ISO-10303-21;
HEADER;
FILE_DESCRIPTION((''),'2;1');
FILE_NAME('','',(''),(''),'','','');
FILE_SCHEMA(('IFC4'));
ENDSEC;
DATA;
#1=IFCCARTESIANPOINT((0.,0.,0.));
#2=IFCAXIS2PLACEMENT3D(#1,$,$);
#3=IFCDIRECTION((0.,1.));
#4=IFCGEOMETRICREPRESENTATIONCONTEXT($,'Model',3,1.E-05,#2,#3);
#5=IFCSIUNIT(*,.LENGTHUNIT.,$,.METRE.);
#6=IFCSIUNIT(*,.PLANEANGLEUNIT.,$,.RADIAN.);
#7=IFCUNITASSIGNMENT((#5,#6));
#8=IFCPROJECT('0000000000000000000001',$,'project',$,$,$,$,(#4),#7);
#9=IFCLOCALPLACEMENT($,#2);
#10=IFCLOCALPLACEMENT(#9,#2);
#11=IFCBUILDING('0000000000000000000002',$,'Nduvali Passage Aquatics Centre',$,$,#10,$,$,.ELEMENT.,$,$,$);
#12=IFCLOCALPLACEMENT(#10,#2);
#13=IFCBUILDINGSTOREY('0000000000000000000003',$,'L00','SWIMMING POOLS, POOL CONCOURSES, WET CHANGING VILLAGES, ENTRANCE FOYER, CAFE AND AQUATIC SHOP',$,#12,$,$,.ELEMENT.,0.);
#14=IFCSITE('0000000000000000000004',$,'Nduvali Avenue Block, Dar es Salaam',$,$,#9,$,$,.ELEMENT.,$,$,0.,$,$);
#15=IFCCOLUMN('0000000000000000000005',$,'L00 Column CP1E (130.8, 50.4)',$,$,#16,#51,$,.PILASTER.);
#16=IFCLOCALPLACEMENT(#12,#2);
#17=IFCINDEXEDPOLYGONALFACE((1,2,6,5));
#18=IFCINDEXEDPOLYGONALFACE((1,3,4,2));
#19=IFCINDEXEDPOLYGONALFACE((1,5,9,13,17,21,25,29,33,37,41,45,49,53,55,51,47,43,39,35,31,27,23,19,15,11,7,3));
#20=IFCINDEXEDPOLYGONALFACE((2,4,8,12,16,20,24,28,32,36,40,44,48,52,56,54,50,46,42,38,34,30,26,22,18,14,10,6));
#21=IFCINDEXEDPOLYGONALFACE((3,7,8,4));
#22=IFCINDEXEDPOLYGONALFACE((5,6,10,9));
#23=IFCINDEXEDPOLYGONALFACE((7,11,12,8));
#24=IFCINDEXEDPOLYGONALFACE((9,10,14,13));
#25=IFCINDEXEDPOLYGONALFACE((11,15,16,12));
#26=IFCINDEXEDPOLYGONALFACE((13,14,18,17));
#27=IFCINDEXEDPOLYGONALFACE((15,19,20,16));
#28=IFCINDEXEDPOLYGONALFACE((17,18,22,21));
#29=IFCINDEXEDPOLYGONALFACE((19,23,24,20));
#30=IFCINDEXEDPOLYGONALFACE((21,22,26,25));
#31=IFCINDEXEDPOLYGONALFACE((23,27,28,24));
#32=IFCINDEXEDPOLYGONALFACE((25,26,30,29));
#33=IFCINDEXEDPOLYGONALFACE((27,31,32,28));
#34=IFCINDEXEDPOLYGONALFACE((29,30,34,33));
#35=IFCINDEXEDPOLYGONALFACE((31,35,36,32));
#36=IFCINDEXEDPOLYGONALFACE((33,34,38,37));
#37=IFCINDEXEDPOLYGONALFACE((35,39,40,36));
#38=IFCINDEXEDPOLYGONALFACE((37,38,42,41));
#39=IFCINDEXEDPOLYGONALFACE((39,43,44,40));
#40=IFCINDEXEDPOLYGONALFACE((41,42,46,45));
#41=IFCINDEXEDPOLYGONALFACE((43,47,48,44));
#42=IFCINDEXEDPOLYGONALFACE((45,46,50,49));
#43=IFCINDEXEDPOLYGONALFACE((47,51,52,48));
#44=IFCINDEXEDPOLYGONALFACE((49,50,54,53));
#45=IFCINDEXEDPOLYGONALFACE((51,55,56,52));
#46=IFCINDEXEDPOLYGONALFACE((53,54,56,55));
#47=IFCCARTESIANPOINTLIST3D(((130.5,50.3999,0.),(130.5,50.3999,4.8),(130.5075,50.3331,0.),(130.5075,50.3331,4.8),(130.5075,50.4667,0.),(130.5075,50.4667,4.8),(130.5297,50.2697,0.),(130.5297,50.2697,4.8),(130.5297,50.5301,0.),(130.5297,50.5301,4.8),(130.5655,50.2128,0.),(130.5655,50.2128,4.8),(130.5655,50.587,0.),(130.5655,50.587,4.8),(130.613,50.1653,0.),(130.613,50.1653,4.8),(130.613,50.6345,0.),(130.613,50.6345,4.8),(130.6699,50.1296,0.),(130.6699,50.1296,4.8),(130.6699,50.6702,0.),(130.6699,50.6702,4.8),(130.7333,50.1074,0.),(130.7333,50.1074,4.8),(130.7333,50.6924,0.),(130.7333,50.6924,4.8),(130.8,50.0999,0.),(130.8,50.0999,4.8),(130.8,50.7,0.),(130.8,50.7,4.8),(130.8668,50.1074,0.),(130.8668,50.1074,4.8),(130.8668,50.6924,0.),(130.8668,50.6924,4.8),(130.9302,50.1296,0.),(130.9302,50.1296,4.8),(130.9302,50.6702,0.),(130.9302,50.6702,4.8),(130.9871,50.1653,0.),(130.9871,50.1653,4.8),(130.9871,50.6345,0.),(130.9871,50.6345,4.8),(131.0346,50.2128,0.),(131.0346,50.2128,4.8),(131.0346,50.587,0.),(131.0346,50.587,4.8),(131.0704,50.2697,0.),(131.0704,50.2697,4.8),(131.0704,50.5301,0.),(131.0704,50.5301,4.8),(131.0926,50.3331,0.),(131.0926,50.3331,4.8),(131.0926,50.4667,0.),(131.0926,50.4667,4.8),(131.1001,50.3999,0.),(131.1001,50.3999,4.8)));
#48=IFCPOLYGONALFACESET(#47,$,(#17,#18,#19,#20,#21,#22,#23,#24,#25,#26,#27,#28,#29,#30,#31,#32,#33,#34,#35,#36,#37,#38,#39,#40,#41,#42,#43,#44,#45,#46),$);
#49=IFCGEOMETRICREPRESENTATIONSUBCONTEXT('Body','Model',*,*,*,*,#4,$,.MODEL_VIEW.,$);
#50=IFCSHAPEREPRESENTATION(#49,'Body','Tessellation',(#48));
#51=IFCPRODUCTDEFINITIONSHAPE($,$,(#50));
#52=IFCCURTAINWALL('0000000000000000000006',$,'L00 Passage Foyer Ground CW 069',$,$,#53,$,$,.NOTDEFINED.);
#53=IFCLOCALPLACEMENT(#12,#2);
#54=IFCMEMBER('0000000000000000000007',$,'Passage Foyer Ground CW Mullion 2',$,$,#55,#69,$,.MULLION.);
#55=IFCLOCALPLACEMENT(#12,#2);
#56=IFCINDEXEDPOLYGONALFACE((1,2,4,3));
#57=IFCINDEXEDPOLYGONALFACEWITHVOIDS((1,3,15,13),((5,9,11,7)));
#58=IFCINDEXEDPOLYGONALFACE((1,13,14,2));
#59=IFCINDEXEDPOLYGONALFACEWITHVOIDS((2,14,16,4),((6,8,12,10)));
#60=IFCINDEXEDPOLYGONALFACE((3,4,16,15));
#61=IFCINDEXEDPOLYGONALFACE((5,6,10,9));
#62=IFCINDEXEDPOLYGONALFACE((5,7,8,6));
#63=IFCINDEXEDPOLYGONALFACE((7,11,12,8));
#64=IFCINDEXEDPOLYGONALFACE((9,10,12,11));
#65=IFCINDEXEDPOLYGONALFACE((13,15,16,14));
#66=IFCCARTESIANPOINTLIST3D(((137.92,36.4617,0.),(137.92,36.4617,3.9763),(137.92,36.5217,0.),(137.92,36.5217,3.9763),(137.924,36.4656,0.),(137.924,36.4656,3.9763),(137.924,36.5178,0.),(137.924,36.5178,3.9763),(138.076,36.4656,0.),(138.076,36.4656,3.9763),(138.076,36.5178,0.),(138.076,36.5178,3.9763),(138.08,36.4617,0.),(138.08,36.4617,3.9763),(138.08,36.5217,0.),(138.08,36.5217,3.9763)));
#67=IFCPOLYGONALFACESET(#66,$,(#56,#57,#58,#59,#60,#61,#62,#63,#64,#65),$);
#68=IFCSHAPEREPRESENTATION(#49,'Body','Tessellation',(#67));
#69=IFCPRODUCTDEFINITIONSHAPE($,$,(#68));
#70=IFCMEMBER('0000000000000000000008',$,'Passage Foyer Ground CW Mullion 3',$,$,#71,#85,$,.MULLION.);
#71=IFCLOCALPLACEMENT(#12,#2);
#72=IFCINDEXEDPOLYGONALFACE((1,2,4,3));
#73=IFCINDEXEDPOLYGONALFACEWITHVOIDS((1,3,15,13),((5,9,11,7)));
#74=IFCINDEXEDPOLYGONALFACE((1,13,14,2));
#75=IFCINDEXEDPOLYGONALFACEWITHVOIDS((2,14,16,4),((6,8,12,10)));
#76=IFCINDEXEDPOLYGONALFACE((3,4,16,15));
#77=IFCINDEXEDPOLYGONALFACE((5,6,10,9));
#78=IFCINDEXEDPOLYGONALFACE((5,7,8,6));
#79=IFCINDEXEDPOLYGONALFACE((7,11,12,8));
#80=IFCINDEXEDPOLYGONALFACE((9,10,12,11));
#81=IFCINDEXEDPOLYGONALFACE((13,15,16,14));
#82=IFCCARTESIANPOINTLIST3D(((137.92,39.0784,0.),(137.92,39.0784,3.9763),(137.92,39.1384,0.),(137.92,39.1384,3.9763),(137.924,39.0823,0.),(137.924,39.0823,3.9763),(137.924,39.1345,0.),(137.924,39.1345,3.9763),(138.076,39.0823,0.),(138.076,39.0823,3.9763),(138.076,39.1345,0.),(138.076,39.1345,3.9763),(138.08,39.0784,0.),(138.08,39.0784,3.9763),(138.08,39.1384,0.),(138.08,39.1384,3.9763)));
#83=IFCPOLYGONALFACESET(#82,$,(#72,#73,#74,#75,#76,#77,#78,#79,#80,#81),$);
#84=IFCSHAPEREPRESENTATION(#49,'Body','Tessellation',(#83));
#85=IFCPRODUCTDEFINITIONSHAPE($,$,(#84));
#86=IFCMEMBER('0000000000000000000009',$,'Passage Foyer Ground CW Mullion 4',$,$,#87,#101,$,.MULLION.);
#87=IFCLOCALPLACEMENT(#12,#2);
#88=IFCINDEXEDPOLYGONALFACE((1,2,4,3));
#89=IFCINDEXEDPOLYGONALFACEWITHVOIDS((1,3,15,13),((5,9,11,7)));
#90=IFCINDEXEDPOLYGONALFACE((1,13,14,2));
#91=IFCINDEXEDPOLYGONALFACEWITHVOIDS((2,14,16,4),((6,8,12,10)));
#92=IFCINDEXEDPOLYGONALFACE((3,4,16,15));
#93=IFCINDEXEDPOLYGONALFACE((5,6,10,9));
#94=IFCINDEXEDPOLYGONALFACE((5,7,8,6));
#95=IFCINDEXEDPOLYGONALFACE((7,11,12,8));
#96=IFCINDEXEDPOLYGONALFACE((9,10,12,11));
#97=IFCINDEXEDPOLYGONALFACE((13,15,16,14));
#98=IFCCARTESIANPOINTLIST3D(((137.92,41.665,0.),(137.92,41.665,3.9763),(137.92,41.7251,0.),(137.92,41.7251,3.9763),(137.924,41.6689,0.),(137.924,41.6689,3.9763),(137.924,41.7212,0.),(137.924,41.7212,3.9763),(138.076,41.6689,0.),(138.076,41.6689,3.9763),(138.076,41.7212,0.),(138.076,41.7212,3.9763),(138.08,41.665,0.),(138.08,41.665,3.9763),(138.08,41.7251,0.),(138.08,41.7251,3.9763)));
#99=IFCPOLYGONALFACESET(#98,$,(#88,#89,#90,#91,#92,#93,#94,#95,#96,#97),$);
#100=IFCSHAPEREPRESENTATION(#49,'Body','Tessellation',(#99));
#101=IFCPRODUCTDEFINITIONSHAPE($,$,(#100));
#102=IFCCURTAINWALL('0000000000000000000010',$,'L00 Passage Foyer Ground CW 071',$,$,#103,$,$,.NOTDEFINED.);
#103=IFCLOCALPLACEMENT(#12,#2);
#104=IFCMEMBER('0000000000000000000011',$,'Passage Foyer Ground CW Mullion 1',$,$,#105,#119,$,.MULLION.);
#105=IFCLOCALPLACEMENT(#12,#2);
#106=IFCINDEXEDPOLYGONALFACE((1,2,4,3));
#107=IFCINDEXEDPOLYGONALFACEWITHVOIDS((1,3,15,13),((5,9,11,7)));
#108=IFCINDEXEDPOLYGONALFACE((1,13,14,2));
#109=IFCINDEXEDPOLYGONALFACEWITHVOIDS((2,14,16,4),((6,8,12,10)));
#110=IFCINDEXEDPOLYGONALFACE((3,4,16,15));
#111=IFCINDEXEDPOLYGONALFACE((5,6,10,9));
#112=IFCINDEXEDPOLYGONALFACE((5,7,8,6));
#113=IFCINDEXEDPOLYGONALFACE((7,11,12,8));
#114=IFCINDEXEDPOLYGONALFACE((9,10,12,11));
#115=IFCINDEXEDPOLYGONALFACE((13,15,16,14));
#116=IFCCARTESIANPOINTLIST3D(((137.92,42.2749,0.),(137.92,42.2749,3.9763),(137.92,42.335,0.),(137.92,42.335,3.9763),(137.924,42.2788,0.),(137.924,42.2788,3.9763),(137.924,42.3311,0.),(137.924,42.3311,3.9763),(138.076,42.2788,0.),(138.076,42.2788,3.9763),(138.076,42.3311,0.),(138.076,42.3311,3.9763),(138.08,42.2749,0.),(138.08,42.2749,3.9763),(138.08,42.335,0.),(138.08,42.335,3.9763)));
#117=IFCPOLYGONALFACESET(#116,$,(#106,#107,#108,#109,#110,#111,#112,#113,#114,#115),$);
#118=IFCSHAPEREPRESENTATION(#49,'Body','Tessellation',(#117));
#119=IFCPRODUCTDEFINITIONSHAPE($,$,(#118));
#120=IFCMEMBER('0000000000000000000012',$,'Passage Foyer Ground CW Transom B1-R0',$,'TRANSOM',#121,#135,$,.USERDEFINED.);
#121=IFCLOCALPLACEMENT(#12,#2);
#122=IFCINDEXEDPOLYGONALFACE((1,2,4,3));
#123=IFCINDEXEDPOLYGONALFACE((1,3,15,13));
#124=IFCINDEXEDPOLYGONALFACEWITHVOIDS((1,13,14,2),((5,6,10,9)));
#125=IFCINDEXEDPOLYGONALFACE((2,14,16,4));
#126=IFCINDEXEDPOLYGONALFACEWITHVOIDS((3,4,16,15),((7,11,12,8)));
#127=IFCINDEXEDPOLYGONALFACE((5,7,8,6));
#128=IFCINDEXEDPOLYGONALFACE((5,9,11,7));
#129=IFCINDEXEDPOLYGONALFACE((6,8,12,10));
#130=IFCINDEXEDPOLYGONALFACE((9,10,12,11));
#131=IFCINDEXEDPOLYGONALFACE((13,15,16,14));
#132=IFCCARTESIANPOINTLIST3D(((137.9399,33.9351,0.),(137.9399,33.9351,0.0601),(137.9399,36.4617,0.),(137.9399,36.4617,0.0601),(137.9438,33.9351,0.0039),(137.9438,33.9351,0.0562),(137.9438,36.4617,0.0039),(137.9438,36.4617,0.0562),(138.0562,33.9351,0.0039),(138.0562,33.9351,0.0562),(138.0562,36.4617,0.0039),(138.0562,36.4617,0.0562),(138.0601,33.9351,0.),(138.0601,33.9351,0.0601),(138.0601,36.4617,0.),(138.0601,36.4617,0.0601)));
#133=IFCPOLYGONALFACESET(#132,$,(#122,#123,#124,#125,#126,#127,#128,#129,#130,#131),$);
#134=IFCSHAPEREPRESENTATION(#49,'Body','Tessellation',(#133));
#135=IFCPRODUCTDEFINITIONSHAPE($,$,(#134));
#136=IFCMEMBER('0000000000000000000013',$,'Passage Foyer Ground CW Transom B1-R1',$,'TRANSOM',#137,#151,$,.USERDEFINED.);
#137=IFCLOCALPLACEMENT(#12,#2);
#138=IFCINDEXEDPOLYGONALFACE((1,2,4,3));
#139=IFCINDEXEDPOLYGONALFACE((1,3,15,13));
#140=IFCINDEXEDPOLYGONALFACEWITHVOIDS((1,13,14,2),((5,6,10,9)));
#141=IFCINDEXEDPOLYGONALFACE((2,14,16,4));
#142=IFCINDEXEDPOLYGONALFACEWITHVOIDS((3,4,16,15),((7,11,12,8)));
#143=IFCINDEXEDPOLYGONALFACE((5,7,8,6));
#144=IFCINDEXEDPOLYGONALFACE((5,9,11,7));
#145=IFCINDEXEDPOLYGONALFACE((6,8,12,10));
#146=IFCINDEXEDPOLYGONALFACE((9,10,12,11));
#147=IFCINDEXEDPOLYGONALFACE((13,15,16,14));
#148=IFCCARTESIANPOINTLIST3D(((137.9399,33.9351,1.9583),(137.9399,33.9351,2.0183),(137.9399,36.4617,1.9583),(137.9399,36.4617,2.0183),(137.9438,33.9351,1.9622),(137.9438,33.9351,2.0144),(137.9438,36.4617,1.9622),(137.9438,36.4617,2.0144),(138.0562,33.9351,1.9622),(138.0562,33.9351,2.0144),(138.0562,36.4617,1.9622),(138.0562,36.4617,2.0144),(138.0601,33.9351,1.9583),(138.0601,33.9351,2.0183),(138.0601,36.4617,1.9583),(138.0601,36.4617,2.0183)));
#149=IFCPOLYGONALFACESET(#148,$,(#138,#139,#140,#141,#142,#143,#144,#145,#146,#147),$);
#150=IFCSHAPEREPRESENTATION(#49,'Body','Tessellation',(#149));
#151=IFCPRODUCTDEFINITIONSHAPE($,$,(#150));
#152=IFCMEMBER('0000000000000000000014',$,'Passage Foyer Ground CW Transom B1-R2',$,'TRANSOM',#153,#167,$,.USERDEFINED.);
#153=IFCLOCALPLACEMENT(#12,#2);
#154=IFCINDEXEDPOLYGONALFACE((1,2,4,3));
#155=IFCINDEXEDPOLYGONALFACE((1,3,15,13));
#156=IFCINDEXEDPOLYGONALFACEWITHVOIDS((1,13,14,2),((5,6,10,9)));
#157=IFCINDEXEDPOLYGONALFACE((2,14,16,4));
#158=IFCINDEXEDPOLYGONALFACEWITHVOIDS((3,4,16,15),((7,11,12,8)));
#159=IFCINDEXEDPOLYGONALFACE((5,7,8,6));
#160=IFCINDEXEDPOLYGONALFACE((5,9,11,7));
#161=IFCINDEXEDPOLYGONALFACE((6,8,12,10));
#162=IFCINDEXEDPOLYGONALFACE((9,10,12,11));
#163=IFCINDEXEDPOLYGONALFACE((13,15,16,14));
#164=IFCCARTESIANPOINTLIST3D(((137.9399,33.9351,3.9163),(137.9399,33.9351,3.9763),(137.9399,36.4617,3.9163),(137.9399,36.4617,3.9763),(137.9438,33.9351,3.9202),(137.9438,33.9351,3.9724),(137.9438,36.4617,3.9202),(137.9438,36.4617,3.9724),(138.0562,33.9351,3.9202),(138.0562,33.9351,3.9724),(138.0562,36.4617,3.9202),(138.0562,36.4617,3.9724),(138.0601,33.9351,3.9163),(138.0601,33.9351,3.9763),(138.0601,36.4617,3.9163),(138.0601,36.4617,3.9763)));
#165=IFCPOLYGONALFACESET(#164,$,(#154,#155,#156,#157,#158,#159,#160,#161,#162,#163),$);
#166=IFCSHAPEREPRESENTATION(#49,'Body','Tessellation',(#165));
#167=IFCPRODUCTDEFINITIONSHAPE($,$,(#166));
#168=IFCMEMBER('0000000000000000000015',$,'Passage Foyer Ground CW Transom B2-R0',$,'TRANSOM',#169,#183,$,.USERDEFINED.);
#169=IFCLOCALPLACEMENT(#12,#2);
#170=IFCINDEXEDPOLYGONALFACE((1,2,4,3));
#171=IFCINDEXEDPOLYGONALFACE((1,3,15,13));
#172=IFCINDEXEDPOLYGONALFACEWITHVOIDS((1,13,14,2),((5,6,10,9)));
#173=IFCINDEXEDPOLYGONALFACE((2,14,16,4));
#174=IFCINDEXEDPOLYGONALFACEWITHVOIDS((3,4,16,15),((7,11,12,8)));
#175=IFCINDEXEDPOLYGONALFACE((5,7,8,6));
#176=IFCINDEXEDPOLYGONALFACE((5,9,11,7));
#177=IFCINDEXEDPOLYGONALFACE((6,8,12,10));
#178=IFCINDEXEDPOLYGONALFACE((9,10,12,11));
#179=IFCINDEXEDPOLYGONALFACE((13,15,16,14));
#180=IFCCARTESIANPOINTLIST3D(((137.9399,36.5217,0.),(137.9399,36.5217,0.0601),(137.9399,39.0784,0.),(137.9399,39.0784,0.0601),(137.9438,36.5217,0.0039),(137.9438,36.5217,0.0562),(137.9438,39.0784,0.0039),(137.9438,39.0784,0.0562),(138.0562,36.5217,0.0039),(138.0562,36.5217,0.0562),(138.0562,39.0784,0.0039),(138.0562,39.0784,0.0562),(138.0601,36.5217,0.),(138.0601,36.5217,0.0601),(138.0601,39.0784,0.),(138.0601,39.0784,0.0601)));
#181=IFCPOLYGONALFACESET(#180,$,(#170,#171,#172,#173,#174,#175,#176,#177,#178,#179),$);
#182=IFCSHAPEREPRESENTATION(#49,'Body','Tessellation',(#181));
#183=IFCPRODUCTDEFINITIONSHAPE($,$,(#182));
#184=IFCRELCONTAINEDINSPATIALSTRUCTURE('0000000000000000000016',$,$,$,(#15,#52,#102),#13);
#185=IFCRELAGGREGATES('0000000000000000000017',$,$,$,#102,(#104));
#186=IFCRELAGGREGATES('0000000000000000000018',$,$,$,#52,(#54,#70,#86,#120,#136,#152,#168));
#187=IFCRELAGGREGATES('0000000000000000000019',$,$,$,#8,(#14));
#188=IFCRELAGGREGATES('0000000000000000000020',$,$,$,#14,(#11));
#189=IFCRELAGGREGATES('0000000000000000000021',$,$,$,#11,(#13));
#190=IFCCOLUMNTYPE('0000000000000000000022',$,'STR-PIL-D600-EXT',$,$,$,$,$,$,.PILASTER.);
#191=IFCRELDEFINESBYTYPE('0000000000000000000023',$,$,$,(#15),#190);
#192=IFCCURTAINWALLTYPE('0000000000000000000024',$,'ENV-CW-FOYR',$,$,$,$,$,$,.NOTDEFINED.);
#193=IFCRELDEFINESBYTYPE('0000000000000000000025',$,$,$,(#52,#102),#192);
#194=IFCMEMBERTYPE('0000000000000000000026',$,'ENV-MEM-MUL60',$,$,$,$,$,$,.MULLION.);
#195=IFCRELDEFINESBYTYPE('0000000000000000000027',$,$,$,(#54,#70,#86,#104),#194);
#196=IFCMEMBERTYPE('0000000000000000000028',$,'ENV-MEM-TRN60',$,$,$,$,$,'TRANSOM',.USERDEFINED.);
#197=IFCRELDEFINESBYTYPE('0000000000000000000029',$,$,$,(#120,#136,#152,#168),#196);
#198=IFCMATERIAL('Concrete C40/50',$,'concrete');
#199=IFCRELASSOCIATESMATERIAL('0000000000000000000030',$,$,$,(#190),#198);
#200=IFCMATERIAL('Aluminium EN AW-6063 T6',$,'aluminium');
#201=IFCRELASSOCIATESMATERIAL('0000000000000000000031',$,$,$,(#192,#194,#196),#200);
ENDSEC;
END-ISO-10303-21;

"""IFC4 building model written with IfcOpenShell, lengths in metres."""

from ifc_helpers import new_model, si_unit, direction, frame, origin, origin_2d, place, context, subcontext, project, spatial, hollow_rectangle, circle, extrude, material, material_profile, profile_set, type_object, element, aggregate, save


model = new_model("IFC4")

# Units and contexts
model_context = context("Model", 3, precision=1e-05, world=origin(), true_north=direction((0.0, 1.0)))
body_context = subcontext(model_context, "Body", "Model", "MODEL_VIEW")
ifc_project = project(units=[si_unit("LENGTHUNIT", "METRE"), si_unit("PLANEANGLEUNIT", "RADIAN")], contexts=[model_context])

# Site, building, storey
site_placement = place(None, origin())
site = spatial("IfcSite", under=ifc_project, at=site_placement, Name="Nduvali Avenue Block, Dar es Salaam", CompositionType="ELEMENT", RefElevation=0.0)
building_placement = place(site_placement, origin())
building = spatial("IfcBuilding", under=site, at=building_placement, Name="Nduvali Passage Aquatics Centre", CompositionType="ELEMENT")
storey_placement = place(building_placement, origin())
storey = spatial("IfcBuildingStorey", under=building, at=storey_placement, Name="L00", Description="SWIMMING POOLS, POOL CONCOURSES, WET CHANGING VILLAGES, ENTRANCE FOYER, CAFE AND AQUATIC SHOP", CompositionType="ELEMENT", Elevation=0.0)

# Column
ifc_material_1 = material(Name="Concrete C40/50", Category="concrete")
ifc_material_profile_1 = material_profile(ifc_material_1, circle(Radius=0.3, at=origin_2d()), Name="RC D600")
ifc_profile_set_1 = profile_set([ifc_material_profile_1], Name="Concrete C40/50")
column_type_1 = type_object("IfcColumnType", Name="STR-PIL-D600-EXT", PredefinedType="PILASTER", material=ifc_profile_set_1)
for number, where, z_axis, x_axis, name in (
    (1, (130.8, 50.3999, 0.0), (0.0, 0.0, 1.0), (1.0, 0.0, 0.0), "L00 Column CP1E (130.8, 50.4)"),
):
    element("IfcColumn", number, at=place(storey_placement, frame(where, z_axis=z_axis, x_axis=x_axis)), inside=storey, type_object=column_type_1, Name=name, PredefinedType="PILASTER", context=body_context, shape_type="SweptSolid", body=[
        extrude(circle(Radius=0.3, at=origin_2d()), origin(), (0.0, 0.0, 1.0), 4.8),
    ])

# Curtain wall, members
ifc_material_2 = material(Name="Aluminium EN AW-6063 T6", Category="aluminium")
curtain_wall_type = type_object("IfcCurtainWallType", Name="ENV-CW-FOYR", PredefinedType="NOTDEFINED", material=ifc_material_2)
curtain_wall_1_placement = place(storey_placement, origin())
curtain_wall_1 = element("IfcCurtainWall", 2, at=curtain_wall_1_placement, inside=storey, type_object=curtain_wall_type, Name="L00 Passage Foyer Ground CW 069", PredefinedType="NOTDEFINED")
ifc_material_profile_2 = material_profile(ifc_material_2, hollow_rectangle(XDim=0.0601, YDim=0.1599, WallThickness=0.0039, at=origin_2d()), Name="ALU MULLION 60x160x4")
ifc_profile_set_2 = profile_set([ifc_material_profile_2], Name="Aluminium EN AW-6063 T6")
member_type_1 = type_object("IfcMemberType", Name="ENV-MEM-MUL60", PredefinedType="MULLION", material=ifc_profile_set_2)
member_1_placement = place(storey_placement, frame((138.0, 36.4917, 0.0), z_axis=(0.0, 0.0, 1.0), x_axis=(0.0, 1.0, 0.0)))
member_1 = element("IfcMember", 3, at=member_1_placement, type_object=member_type_1, Name="Passage Foyer Ground CW Mullion 2", PredefinedType="MULLION", context=body_context, shape_type="SweptSolid", body=[
    extrude(hollow_rectangle(XDim=0.0601, YDim=0.1599, WallThickness=0.0039, at=origin_2d()), origin(), (0.0, 0.0, 1.0), 3.9763),
])
member_2_placement = place(storey_placement, frame((138.0, 39.1084, 0.0), z_axis=(0.0, 0.0, 1.0), x_axis=(0.0, 1.0, 0.0)))
member_2 = element("IfcMember", 4, at=member_2_placement, type_object=member_type_1, Name="Passage Foyer Ground CW Mullion 3", PredefinedType="MULLION", context=body_context, shape_type="SweptSolid", body=[
    extrude(hollow_rectangle(XDim=0.0601, YDim=0.1599, WallThickness=0.0039, at=origin_2d()), origin(), (0.0, 0.0, 1.0), 3.9763),
])
member_3_placement = place(storey_placement, frame((138.0, 41.6951, 0.0), z_axis=(0.0, 0.0, 1.0), x_axis=(0.0, 1.0, 0.0)))
member_3 = element("IfcMember", 5, at=member_3_placement, type_object=member_type_1, Name="Passage Foyer Ground CW Mullion 4", PredefinedType="MULLION", context=body_context, shape_type="SweptSolid", body=[
    extrude(hollow_rectangle(XDim=0.0601, YDim=0.1599, WallThickness=0.0039, at=origin_2d()), origin(), (0.0, 0.0, 1.0), 3.9763),
])

# Curtain wall, member
curtain_wall_2_placement = place(storey_placement, origin())
curtain_wall_2 = element("IfcCurtainWall", 6, at=curtain_wall_2_placement, inside=storey, type_object=curtain_wall_type, Name="L00 Passage Foyer Ground CW 071", PredefinedType="NOTDEFINED")
member_4_placement = place(storey_placement, frame((138.0, 42.3049, 0.0), z_axis=(0.0, 0.0, 1.0), x_axis=(0.0, 1.0, 0.0)))
member_4 = element("IfcMember", 7, at=member_4_placement, type_object=member_type_1, Name="Passage Foyer Ground CW Mullion 1", PredefinedType="MULLION", context=body_context, shape_type="SweptSolid", body=[
    extrude(hollow_rectangle(XDim=0.0601, YDim=0.1599, WallThickness=0.0039, at=origin_2d()), origin(), (0.0, 0.0, 1.0), 3.9763),
])

# Members
ifc_material_profile_3 = material_profile(ifc_material_2, hollow_rectangle(XDim=0.1201, YDim=0.0601, WallThickness=0.0039, at=origin_2d()), Name="ALU TRANSOM 120x60x4")
ifc_profile_set_3 = profile_set([ifc_material_profile_3], Name="Aluminium EN AW-6063 T6")
member_type_2 = type_object("IfcMemberType", Name="ENV-MEM-TRN60", ElementType="TRANSOM", PredefinedType="USERDEFINED", material=ifc_profile_set_3)
member_5_placement = place(storey_placement, frame((138.0, 33.9351, 0.03), z_axis=(0.0, 1.0, 0.0), x_axis=(-1.0, 0.0, 0.0)))
member_5 = element("IfcMember", 8, at=member_5_placement, type_object=member_type_2, Name="Passage Foyer Ground CW Transom B1-R0", ObjectType="TRANSOM", PredefinedType="USERDEFINED", context=body_context, shape_type="SweptSolid", body=[
    extrude(hollow_rectangle(XDim=0.1201, YDim=0.0601, WallThickness=0.0039, at=origin_2d()), origin(), (0.0, 0.0, 1.0), 2.5266),
])
member_6_placement = place(storey_placement, frame((138.0, 33.9351, 1.9883), z_axis=(0.0, 1.0, 0.0), x_axis=(-1.0, 0.0, 0.0)))
member_6 = element("IfcMember", 9, at=member_6_placement, type_object=member_type_2, Name="Passage Foyer Ground CW Transom B1-R1", ObjectType="TRANSOM", PredefinedType="USERDEFINED", context=body_context, shape_type="SweptSolid", body=[
    extrude(hollow_rectangle(XDim=0.1201, YDim=0.0601, WallThickness=0.0039, at=origin_2d()), origin(), (0.0, 0.0, 1.0), 2.5266),
])
member_7_placement = place(storey_placement, frame((138.0, 33.9351, 3.9463), z_axis=(0.0, 1.0, 0.0), x_axis=(-1.0, 0.0, 0.0)))
member_7 = element("IfcMember", 10, at=member_7_placement, type_object=member_type_2, Name="Passage Foyer Ground CW Transom B1-R2", ObjectType="TRANSOM", PredefinedType="USERDEFINED", context=body_context, shape_type="SweptSolid", body=[
    extrude(hollow_rectangle(XDim=0.1201, YDim=0.0601, WallThickness=0.0039, at=origin_2d()), origin(), (0.0, 0.0, 1.0), 2.5266),
])
member_8_placement = place(storey_placement, frame((138.0, 36.5217, 0.03), z_axis=(0.0, 1.0, 0.0), x_axis=(-1.0, 0.0, 0.0)))
member_8 = element("IfcMember", 11, at=member_8_placement, type_object=member_type_2, Name="Passage Foyer Ground CW Transom B2-R0", ObjectType="TRANSOM", PredefinedType="USERDEFINED", context=body_context, shape_type="SweptSolid", body=[
    extrude(hollow_rectangle(XDim=0.1201, YDim=0.0601, WallThickness=0.0039, at=origin_2d()), origin(), (0.0, 0.0, 1.0), 2.5566),
])
aggregate(curtain_wall_2, [member_4])

aggregate(curtain_wall_1, [member_1, member_2, member_3, member_5, member_6, member_7, member_8])

save(model, "model.ifc")
